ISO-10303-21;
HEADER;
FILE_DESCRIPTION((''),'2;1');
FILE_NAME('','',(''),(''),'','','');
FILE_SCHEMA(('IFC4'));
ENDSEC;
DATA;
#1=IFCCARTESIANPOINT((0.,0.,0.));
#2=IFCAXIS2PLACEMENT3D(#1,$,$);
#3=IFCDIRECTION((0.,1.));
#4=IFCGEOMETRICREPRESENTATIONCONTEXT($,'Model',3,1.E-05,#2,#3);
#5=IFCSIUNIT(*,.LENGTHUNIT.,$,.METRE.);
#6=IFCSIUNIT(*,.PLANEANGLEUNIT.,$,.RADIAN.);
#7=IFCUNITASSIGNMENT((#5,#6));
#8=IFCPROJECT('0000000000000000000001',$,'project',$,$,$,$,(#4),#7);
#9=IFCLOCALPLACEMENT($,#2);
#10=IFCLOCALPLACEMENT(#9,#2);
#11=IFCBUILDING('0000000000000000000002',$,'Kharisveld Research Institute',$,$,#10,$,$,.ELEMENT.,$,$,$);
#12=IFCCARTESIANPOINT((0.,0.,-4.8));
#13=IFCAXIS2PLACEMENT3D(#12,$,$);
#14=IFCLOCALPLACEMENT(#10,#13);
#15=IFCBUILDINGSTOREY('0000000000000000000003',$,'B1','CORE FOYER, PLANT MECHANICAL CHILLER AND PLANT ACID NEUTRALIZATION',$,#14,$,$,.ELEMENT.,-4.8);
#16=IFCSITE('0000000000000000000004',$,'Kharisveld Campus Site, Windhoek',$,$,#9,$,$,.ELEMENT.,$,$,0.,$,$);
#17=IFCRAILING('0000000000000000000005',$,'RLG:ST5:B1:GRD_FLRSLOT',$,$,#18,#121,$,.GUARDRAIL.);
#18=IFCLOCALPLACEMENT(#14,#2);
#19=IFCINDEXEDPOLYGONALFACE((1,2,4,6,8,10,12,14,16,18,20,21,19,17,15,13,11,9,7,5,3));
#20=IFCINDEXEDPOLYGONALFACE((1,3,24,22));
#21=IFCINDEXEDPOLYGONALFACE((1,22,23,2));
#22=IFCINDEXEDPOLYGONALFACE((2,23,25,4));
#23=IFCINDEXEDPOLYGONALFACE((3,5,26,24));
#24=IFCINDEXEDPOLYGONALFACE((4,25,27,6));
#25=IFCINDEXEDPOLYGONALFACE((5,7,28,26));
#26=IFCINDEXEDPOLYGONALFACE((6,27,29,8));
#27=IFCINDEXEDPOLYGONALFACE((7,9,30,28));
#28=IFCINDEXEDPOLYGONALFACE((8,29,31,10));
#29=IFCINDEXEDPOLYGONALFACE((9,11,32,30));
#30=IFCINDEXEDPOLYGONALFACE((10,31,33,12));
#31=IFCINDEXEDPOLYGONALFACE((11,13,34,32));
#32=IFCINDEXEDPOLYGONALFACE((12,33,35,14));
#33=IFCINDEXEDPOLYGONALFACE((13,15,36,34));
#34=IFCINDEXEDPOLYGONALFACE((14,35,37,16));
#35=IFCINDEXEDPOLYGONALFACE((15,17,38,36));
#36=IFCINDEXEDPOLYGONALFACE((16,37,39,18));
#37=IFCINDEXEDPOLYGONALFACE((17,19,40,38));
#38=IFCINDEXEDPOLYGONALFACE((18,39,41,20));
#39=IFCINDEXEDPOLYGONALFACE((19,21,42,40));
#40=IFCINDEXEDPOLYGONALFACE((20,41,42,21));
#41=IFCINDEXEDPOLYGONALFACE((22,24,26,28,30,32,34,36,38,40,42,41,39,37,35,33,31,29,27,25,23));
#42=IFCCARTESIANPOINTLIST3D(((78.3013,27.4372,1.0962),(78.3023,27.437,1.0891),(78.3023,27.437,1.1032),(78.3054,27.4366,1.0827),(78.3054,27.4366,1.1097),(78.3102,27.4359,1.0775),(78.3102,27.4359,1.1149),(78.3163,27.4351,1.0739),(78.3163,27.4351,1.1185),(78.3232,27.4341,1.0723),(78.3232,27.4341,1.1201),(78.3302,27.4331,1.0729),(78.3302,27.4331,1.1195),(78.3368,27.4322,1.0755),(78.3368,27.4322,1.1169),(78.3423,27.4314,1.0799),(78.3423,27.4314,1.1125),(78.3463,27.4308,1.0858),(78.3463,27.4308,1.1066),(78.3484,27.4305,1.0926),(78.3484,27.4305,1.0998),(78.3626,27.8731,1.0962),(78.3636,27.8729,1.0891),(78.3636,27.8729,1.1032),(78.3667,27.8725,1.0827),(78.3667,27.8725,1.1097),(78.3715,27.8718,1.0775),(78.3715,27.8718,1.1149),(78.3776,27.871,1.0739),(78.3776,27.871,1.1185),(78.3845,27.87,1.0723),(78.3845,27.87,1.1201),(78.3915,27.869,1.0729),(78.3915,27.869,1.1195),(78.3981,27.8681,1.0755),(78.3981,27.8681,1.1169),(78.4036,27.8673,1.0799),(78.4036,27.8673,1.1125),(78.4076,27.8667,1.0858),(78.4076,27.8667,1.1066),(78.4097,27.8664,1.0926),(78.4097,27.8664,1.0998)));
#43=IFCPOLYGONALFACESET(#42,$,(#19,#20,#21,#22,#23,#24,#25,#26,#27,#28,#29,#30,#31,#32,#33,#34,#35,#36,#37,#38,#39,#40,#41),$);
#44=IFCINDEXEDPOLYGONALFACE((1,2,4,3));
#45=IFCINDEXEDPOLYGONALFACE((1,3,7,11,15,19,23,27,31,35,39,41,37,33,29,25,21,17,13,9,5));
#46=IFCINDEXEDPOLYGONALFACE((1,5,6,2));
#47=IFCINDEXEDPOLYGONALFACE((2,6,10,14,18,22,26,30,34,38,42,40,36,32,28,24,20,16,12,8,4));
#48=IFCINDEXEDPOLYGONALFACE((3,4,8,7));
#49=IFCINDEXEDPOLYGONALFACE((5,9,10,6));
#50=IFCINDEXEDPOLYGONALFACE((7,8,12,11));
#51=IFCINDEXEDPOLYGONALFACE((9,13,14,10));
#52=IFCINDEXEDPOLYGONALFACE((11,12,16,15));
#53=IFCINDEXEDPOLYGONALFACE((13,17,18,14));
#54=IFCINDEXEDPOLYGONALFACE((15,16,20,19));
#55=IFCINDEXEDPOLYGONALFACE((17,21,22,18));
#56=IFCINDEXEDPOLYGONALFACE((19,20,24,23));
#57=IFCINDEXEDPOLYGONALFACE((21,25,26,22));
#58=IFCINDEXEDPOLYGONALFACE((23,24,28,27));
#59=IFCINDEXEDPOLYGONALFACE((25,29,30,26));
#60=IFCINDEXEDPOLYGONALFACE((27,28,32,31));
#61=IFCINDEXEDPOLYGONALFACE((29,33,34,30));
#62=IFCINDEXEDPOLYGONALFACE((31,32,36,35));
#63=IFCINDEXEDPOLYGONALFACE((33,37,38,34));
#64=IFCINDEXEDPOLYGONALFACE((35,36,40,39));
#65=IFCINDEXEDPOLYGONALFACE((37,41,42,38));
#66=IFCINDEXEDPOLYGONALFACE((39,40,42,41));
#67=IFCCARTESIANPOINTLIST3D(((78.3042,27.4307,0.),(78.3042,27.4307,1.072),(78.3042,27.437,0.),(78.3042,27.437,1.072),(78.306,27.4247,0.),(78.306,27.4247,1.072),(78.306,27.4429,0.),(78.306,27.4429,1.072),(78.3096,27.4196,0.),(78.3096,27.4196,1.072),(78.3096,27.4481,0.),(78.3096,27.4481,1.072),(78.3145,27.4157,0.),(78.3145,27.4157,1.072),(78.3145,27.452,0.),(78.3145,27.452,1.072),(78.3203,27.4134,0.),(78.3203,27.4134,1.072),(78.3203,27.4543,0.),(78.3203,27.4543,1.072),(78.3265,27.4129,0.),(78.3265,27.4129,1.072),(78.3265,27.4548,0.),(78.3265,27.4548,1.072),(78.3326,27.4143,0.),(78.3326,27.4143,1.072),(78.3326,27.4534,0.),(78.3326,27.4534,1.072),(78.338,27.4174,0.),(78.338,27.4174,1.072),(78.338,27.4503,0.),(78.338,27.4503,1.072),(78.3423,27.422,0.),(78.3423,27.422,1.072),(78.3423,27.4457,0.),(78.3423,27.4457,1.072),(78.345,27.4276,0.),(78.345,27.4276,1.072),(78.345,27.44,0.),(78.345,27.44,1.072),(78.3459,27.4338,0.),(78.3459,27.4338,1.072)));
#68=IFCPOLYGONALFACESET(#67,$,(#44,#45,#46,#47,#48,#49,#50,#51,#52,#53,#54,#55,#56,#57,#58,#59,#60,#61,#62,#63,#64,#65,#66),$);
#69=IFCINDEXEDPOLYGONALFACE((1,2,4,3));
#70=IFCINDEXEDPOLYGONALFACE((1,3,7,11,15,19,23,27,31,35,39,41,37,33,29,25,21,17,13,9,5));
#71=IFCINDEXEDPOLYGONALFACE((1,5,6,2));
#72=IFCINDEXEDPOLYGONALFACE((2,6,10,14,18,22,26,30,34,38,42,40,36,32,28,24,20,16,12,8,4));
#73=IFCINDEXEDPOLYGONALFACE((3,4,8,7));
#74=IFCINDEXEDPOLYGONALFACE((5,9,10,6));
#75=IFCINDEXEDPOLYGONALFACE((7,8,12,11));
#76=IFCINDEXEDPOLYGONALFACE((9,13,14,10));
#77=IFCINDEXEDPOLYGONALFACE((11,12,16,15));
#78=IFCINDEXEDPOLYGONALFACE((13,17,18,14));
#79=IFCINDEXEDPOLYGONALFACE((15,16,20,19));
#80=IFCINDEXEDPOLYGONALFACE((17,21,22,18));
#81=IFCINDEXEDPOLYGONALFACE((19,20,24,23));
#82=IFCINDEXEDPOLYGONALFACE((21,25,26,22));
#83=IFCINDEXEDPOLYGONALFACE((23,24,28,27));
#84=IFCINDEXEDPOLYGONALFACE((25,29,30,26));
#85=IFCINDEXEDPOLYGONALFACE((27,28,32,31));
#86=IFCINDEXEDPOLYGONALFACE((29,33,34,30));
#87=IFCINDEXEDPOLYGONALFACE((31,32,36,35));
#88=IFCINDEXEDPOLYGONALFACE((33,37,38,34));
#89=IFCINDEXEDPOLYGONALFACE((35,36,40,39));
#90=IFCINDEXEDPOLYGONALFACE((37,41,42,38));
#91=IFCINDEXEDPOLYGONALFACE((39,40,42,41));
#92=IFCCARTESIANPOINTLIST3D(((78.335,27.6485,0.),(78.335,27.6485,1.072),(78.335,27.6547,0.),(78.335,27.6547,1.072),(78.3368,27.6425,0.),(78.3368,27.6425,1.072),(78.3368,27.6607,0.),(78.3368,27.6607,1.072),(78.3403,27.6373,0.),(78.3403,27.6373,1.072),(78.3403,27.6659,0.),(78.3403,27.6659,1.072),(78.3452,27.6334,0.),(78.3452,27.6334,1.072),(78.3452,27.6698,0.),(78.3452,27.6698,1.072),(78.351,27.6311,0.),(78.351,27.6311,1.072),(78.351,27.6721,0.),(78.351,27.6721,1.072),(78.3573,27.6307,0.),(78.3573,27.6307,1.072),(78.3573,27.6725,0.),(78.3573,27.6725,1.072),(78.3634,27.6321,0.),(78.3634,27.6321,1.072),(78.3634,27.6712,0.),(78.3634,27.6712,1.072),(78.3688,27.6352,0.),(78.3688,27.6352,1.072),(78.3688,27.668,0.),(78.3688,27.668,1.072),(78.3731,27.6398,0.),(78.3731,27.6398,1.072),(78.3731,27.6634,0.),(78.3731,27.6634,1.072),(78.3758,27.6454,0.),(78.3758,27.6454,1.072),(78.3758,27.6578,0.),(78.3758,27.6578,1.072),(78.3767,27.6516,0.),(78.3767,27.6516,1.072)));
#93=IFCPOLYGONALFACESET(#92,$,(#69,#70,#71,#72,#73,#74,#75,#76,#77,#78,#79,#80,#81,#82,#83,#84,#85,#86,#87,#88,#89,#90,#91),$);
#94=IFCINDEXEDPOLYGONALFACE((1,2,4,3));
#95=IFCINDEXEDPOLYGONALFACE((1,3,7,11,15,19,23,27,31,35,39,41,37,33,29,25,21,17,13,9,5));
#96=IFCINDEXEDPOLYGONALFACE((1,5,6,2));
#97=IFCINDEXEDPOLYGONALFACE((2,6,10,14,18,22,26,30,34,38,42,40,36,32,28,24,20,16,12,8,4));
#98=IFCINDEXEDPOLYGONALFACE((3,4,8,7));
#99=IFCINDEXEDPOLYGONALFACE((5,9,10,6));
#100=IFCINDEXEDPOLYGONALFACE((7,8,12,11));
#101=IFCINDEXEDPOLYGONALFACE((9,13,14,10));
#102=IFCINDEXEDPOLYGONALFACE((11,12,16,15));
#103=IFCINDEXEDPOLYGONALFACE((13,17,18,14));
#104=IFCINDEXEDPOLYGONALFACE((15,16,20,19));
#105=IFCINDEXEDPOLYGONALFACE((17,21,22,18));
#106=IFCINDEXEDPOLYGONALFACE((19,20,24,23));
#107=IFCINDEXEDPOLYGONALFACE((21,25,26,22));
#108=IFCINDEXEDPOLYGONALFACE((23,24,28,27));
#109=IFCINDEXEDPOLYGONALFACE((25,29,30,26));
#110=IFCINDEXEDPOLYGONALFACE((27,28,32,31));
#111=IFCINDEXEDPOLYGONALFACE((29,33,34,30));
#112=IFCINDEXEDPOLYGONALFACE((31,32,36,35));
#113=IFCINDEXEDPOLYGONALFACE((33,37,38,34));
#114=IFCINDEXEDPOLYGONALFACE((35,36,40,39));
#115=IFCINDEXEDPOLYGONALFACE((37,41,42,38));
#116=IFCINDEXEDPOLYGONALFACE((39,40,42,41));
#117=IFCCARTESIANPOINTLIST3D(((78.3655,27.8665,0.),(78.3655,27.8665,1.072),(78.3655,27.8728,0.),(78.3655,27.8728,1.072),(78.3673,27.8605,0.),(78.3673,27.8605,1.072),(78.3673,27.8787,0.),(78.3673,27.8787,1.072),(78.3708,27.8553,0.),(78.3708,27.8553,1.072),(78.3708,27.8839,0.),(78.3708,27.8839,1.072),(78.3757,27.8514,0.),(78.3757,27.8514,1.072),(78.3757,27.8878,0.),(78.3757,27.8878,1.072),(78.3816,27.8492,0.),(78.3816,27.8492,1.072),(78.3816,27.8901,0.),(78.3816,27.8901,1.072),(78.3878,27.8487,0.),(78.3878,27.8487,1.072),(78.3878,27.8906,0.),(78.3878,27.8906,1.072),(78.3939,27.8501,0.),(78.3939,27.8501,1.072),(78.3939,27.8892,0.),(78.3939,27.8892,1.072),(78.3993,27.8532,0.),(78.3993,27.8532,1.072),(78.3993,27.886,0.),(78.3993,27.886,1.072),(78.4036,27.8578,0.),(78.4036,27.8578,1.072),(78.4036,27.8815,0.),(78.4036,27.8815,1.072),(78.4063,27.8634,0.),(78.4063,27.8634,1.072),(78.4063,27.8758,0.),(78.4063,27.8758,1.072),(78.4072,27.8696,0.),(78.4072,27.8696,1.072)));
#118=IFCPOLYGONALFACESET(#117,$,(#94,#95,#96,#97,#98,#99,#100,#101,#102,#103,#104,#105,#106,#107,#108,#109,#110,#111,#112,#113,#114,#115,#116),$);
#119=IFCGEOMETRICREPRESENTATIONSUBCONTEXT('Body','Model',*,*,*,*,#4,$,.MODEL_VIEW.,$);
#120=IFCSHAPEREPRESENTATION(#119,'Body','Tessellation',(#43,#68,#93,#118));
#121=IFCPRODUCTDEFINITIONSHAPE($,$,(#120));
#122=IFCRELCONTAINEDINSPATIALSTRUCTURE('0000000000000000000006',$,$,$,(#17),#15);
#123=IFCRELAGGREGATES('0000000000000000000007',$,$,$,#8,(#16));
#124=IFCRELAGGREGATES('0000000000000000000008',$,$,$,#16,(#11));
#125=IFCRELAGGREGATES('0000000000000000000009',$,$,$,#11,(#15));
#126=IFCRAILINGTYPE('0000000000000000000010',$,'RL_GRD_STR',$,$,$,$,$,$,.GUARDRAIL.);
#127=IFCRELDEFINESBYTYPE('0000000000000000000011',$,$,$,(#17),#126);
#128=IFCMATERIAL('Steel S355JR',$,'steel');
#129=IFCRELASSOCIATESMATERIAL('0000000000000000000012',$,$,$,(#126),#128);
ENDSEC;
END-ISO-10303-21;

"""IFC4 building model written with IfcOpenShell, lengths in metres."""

from ifc_helpers import new_model, si_unit, direction, frame, origin, origin_2d, place, context, subcontext, project, spatial, circle, extrude, material, type_object, element, save


model = new_model("IFC4")

# Units and contexts
model_context = context("Model", 3, precision=1e-05, world=origin(), true_north=direction((0.0, 1.0)))
body_context = subcontext(model_context, "Body", "Model", "MODEL_VIEW")
ifc_project = project(units=[si_unit("LENGTHUNIT", "METRE"), si_unit("PLANEANGLEUNIT", "RADIAN")], contexts=[model_context])

# Site, building, storey
site_placement = place(None, origin())
site = spatial("IfcSite", under=ifc_project, at=site_placement, Name="Kharisveld Campus Site, Windhoek", CompositionType="ELEMENT", RefElevation=0.0)
building_placement = place(site_placement, origin())
building = spatial("IfcBuilding", under=site, at=building_placement, Name="Kharisveld Research Institute", CompositionType="ELEMENT")
storey_placement = place(building_placement, frame((0.0, 0.0, -4.8)))
storey = spatial("IfcBuildingStorey", under=building, at=storey_placement, Name="B1", Description="CORE FOYER, PLANT MECHANICAL CHILLER AND PLANT ACID NEUTRALIZATION", CompositionType="ELEMENT", Elevation=-4.8)

# Railing
ifc_material_1 = material(Name="Steel S355JR", Category="steel")
railing_type_1 = type_object("IfcRailingType", Name="RL_GRD_STR", PredefinedType="GUARDRAIL", material=ifc_material_1)
railing_1_placement = place(storey_placement, frame((78.325, 27.4338, 0.0)))
element("IfcRailing", 1, at=railing_1_placement, inside=storey, type_object=railing_type_1, Name="RLG:ST5:B1:GRD_FLRSLOT", PredefinedType="GUARDRAIL", context=body_context, shape_type="SweptSolid", body=[
    extrude(circle(Radius=0.0239, at=origin_2d()), frame((0.0, 0.0, 1.0962), z_axis=(0.139246, 0.990258, 0.0), x_axis=(-0.990258, 0.139246, 0.0)), (0.0, 0.0, 1.0), 0.4402),
    extrude(circle(Radius=0.021, at=origin_2d()), origin(), (0.0, 0.0, 1.0), 1.072),
    extrude(circle(Radius=0.021, at=origin_2d()), frame((0.0308, 0.2178, 0.0)), (0.0, 0.0, 1.0), 1.072),
    extrude(circle(Radius=0.021, at=origin_2d()), frame((0.0613, 0.4358, 0.0)), (0.0, 0.0, 1.0), 1.072),
])

save(model, "model.ifc")
